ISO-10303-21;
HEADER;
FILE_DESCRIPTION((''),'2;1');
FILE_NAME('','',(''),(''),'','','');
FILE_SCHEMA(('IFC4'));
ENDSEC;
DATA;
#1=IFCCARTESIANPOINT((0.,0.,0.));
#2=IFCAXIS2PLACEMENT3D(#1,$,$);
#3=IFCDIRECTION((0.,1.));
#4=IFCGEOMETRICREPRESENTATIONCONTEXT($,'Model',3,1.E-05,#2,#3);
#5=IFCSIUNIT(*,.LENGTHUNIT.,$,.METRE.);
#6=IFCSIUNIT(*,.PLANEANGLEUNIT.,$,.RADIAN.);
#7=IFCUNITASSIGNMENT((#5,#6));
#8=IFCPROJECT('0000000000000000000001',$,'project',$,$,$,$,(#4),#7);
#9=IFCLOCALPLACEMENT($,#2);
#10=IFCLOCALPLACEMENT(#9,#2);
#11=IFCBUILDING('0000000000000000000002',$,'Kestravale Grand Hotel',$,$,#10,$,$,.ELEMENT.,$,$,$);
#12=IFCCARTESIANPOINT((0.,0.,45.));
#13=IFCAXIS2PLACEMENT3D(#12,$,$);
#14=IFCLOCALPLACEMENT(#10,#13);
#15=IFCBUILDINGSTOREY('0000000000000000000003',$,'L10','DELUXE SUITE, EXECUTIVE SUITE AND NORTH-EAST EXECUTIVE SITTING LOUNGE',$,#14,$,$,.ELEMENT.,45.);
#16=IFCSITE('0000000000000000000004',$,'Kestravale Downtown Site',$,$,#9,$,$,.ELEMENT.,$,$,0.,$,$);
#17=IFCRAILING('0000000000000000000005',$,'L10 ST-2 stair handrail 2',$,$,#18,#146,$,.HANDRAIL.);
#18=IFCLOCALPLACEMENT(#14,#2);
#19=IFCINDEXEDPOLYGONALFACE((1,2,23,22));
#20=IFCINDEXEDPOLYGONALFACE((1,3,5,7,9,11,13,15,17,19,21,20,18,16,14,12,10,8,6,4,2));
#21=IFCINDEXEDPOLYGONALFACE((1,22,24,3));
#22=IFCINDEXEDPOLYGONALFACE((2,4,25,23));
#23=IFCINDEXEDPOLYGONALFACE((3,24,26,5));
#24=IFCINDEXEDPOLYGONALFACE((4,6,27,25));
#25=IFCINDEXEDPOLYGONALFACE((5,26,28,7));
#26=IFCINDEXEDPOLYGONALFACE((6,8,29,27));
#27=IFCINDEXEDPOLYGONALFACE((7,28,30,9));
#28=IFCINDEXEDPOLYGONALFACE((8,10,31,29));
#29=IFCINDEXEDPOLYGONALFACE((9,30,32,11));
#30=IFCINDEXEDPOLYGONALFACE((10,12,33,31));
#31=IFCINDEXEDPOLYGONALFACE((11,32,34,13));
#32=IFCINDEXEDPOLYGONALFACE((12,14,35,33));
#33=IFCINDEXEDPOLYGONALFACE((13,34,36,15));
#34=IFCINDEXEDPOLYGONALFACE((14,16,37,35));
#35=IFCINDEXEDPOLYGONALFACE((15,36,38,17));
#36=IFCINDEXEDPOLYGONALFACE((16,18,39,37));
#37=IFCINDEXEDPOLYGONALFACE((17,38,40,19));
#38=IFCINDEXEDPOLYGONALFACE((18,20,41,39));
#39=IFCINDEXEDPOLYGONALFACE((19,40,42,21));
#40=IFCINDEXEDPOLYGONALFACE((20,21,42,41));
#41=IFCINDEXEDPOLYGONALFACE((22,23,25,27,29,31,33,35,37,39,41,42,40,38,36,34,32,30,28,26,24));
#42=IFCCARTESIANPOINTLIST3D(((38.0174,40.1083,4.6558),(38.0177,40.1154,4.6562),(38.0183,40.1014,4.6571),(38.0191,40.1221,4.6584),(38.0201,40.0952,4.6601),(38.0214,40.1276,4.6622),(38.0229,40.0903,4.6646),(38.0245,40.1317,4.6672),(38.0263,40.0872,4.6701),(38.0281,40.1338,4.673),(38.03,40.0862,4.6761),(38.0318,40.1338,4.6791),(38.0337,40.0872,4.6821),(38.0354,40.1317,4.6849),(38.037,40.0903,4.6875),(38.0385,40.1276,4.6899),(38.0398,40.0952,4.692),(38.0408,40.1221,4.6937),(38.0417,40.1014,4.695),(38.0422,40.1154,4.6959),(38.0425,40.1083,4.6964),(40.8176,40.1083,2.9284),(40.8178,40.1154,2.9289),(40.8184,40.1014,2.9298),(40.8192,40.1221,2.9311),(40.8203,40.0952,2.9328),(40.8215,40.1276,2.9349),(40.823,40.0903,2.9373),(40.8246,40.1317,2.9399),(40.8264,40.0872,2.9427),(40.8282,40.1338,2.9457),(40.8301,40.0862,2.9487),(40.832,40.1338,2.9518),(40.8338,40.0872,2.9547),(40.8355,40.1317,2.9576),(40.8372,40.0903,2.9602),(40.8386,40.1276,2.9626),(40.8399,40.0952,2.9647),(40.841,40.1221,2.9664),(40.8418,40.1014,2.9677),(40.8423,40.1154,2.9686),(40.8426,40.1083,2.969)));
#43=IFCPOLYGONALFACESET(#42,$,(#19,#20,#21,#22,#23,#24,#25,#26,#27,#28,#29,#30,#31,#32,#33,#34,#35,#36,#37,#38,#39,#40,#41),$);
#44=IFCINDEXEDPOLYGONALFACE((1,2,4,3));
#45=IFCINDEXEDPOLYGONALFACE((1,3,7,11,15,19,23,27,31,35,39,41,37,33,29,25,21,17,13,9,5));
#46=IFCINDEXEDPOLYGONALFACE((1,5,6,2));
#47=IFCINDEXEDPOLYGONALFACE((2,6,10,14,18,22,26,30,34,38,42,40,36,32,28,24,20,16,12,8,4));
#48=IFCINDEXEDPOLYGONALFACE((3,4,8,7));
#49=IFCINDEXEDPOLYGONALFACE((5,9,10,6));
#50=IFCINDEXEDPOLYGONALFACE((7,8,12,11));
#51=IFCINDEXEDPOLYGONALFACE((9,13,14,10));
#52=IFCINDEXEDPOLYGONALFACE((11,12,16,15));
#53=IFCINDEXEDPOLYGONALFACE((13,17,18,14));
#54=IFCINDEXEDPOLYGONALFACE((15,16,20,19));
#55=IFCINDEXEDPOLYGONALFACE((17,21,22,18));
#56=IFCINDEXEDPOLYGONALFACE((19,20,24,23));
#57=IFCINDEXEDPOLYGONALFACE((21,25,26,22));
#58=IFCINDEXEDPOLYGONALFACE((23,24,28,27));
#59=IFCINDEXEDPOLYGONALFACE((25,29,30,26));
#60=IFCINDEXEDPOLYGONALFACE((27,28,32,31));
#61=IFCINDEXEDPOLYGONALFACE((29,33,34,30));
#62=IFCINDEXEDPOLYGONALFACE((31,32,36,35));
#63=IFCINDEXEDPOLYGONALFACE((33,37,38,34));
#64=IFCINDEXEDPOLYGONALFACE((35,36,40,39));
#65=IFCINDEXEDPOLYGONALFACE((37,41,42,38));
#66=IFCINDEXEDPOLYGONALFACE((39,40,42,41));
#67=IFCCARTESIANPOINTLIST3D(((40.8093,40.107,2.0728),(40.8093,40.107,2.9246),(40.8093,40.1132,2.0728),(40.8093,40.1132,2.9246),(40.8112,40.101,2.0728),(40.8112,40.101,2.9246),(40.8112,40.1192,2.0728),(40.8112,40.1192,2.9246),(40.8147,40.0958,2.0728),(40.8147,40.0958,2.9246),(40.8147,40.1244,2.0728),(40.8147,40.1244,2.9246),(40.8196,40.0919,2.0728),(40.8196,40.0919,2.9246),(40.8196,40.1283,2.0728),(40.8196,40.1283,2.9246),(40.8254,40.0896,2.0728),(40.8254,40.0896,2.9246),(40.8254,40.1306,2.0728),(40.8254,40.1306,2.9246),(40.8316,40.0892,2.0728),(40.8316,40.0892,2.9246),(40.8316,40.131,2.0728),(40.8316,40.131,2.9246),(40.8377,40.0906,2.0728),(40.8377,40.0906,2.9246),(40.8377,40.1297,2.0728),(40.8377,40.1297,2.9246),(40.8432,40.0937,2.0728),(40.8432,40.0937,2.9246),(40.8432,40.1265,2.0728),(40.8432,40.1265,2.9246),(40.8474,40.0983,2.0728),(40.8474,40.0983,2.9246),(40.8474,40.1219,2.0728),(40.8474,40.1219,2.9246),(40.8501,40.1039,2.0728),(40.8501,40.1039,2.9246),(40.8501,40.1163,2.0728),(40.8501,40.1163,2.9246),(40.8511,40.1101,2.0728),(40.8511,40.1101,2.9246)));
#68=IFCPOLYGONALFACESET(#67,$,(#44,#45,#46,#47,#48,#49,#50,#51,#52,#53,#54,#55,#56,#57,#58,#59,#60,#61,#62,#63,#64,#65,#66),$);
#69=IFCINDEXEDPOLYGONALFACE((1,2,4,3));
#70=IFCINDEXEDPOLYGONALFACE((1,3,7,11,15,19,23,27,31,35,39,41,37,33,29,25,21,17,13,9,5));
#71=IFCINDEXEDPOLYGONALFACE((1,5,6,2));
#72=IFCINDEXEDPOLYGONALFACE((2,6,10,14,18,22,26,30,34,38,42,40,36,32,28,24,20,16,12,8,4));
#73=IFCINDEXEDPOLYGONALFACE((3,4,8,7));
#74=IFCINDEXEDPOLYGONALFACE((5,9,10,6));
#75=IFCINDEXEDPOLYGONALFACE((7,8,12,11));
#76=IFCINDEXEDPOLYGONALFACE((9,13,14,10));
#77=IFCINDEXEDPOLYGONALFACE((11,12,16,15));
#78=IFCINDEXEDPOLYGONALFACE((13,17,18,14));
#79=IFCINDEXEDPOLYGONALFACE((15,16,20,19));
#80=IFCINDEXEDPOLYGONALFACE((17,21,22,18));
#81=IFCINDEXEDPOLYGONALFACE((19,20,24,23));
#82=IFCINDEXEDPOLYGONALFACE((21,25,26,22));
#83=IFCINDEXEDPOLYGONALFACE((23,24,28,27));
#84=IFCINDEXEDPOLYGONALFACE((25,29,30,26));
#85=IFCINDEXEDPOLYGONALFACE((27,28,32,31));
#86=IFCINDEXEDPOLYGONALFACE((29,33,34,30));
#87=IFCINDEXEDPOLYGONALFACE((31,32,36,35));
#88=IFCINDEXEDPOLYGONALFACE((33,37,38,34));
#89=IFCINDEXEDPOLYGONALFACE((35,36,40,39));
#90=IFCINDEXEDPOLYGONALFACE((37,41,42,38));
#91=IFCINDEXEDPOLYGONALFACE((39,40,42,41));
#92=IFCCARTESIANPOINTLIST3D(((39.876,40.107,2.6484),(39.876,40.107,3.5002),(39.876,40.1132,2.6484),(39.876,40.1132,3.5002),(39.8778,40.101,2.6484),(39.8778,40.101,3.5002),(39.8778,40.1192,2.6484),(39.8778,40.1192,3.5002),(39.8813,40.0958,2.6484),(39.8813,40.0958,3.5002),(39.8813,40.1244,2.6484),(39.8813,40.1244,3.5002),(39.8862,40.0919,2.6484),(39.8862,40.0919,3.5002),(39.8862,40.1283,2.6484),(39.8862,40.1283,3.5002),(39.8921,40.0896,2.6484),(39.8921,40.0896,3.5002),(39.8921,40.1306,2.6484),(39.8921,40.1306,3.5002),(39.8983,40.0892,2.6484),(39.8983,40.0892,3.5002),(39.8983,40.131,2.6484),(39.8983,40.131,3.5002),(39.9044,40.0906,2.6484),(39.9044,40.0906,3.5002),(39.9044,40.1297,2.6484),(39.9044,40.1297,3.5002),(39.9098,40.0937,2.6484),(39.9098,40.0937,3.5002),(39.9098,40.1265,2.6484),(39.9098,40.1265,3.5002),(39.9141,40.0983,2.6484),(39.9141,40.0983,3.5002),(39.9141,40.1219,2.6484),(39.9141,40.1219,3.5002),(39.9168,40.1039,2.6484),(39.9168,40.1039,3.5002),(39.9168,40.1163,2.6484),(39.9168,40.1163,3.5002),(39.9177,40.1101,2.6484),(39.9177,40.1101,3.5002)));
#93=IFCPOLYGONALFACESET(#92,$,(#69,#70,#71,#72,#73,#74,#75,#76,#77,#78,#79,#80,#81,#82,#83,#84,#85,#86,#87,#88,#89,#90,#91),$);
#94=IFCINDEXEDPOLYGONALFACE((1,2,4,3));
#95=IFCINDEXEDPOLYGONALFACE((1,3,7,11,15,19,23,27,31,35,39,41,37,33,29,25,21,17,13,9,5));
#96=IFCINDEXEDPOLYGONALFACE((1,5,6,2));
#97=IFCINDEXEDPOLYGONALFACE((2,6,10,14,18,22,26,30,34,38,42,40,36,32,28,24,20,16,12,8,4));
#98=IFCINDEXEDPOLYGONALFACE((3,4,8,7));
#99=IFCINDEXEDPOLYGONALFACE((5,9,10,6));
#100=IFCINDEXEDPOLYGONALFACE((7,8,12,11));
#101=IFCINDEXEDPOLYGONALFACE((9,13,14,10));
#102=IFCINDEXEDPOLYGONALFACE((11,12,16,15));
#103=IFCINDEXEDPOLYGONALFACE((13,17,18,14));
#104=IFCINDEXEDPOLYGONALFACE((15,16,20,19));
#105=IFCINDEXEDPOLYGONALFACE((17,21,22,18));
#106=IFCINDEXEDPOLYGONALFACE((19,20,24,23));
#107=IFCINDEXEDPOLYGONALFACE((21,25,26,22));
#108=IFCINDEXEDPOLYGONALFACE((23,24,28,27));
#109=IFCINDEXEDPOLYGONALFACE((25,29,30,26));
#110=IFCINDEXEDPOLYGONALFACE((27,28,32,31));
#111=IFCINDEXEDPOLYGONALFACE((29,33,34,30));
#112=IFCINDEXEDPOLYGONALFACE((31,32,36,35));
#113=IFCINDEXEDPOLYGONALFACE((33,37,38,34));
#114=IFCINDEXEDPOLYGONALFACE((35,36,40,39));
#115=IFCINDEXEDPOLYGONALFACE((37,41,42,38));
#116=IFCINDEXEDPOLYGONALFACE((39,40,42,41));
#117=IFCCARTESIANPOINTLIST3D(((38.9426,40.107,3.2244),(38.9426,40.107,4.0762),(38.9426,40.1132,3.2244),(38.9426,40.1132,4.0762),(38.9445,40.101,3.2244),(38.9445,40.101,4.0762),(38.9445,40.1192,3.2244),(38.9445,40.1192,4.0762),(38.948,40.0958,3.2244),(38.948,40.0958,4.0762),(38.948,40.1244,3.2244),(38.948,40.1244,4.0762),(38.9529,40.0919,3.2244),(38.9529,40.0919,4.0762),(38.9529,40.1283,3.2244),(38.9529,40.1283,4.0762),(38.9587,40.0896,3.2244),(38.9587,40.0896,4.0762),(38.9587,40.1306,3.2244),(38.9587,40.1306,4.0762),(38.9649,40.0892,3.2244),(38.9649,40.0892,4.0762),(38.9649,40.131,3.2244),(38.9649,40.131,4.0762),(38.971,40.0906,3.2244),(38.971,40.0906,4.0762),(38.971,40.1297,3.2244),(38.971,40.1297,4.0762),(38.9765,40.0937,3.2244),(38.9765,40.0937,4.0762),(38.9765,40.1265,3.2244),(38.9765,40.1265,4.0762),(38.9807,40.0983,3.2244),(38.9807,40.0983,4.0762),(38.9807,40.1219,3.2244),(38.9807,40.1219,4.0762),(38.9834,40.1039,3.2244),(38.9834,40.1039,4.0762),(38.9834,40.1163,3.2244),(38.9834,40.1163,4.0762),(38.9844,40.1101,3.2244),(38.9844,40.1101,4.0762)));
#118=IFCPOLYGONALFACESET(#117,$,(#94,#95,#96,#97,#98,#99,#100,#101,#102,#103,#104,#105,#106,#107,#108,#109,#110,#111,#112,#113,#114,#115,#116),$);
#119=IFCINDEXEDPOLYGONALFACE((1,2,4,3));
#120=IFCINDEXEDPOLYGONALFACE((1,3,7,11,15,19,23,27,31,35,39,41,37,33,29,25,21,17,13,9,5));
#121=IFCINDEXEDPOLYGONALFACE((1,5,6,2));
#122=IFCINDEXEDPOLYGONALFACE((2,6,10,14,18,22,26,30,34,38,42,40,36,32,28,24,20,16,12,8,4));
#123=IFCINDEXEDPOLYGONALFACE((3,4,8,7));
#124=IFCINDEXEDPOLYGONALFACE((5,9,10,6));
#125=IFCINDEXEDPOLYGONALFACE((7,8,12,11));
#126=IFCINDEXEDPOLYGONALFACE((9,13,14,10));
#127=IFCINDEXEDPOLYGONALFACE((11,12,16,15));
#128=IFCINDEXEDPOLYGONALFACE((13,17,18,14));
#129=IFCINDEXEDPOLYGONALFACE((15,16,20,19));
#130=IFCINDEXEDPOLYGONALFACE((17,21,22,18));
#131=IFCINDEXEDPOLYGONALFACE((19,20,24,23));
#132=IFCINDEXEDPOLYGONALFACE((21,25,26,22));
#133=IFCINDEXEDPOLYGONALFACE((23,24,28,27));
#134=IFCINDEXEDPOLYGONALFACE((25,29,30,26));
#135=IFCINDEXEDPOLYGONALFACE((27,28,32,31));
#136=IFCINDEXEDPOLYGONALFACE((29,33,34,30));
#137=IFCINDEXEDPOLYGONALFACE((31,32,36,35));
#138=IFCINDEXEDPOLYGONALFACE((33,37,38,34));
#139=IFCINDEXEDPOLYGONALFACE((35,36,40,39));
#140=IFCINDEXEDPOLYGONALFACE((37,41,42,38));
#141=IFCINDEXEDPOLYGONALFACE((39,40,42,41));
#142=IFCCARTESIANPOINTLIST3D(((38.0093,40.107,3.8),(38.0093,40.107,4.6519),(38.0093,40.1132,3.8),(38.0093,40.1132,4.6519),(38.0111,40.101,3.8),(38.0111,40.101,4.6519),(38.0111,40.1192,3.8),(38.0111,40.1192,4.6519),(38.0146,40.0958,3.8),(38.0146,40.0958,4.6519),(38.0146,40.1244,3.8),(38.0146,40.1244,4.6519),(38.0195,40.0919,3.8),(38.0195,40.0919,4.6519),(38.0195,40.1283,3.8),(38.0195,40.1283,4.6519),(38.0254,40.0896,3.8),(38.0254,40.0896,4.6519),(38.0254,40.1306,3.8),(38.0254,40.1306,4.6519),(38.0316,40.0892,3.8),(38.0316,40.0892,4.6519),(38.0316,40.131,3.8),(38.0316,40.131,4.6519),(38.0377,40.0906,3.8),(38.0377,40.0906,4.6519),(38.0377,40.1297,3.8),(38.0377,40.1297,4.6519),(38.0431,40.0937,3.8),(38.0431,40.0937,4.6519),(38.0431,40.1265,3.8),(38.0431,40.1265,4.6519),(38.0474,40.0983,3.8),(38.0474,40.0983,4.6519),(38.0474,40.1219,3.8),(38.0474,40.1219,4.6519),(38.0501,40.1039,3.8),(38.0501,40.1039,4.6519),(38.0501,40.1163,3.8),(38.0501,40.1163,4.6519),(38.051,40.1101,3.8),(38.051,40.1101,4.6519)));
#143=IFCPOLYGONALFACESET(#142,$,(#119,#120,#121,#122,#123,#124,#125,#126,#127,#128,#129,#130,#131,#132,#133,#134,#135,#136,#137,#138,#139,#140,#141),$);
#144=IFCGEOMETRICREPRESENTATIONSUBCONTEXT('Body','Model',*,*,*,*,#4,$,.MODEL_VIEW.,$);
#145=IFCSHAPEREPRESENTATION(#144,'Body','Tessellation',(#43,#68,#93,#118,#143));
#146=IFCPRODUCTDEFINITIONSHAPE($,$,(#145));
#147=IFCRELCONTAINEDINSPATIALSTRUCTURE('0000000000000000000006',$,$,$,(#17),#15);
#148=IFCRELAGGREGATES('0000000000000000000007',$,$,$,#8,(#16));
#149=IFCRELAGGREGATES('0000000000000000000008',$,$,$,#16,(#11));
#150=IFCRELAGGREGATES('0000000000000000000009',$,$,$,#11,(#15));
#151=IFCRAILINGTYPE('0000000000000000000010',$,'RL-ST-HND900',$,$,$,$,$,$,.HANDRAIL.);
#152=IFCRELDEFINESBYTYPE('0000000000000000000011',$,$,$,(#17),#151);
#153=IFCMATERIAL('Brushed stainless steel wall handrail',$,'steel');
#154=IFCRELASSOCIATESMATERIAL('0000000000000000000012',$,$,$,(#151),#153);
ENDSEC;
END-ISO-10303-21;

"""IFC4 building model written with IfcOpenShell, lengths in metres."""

from ifc_helpers import new_model, si_unit, direction, frame, origin, origin_2d, place, context, subcontext, project, spatial, circle, extrude, material, type_object, element, save


model = new_model("IFC4")

# Units and contexts
model_context = context("Model", 3, precision=1e-05, world=origin(), true_north=direction((0.0, 1.0)))
body_context = subcontext(model_context, "Body", "Model", "MODEL_VIEW")
ifc_project = project(units=[si_unit("LENGTHUNIT", "METRE"), si_unit("PLANEANGLEUNIT", "RADIAN")], contexts=[model_context])

# Site, building, storey
site_placement = place(None, origin())
site = spatial("IfcSite", under=ifc_project, at=site_placement, Name="Kestravale Downtown Site", CompositionType="ELEMENT", RefElevation=0.0)
building_placement = place(site_placement, origin())
building = spatial("IfcBuilding", under=site, at=building_placement, Name="Kestravale Grand Hotel", CompositionType="ELEMENT")
storey_placement = place(building_placement, frame((0.0, 0.0, 45.0)))
storey = spatial("IfcBuildingStorey", under=building, at=storey_placement, Name="L10", Description="DELUXE SUITE, EXECUTIVE SUITE AND NORTH-EAST EXECUTIVE SITTING LOUNGE", CompositionType="ELEMENT", Elevation=45.0)

# Railing
ifc_material_1 = material(Name="Brushed stainless steel wall handrail", Category="steel")
railing_type_1 = type_object("IfcRailingType", Name="RL-ST-HND900", PredefinedType="HANDRAIL", material=ifc_material_1)
railing_1_placement = place(storey_placement, frame((40.8301, 40.1101, 2.0728)))
element("IfcRailing", 1, at=railing_1_placement, inside=storey, type_object=railing_type_1, Name="L10 ST-2 stair handrail 2", PredefinedType="HANDRAIL", context=body_context, shape_type="SweptSolid", body=[
    extrude(circle(Radius=0.0239, at=origin_2d()), frame((0.0, 0.0, 0.876), z_axis=(-0.85109, 0.0, 0.52502), x_axis=(0.0, -1.0, 0.0)), (0.0, 0.0, 1.0), 3.29),
    extrude(circle(Radius=0.021, at=origin_2d()), origin(), (0.0, 0.0, 1.0), 0.8518),
    extrude(circle(Radius=0.021, at=origin_2d()), frame((-0.9333, 0.0, 0.5757)), (0.0, 0.0, 1.0), 0.8518),
    extrude(circle(Radius=0.021, at=origin_2d()), frame((-1.8667, 0.0, 1.1516)), (0.0, 0.0, 1.0), 0.8518),
    extrude(circle(Radius=0.021, at=origin_2d()), frame((-2.8, 0.0, 1.7273)), (0.0, 0.0, 1.0), 0.8518),
])

save(model, "model.ifc")
